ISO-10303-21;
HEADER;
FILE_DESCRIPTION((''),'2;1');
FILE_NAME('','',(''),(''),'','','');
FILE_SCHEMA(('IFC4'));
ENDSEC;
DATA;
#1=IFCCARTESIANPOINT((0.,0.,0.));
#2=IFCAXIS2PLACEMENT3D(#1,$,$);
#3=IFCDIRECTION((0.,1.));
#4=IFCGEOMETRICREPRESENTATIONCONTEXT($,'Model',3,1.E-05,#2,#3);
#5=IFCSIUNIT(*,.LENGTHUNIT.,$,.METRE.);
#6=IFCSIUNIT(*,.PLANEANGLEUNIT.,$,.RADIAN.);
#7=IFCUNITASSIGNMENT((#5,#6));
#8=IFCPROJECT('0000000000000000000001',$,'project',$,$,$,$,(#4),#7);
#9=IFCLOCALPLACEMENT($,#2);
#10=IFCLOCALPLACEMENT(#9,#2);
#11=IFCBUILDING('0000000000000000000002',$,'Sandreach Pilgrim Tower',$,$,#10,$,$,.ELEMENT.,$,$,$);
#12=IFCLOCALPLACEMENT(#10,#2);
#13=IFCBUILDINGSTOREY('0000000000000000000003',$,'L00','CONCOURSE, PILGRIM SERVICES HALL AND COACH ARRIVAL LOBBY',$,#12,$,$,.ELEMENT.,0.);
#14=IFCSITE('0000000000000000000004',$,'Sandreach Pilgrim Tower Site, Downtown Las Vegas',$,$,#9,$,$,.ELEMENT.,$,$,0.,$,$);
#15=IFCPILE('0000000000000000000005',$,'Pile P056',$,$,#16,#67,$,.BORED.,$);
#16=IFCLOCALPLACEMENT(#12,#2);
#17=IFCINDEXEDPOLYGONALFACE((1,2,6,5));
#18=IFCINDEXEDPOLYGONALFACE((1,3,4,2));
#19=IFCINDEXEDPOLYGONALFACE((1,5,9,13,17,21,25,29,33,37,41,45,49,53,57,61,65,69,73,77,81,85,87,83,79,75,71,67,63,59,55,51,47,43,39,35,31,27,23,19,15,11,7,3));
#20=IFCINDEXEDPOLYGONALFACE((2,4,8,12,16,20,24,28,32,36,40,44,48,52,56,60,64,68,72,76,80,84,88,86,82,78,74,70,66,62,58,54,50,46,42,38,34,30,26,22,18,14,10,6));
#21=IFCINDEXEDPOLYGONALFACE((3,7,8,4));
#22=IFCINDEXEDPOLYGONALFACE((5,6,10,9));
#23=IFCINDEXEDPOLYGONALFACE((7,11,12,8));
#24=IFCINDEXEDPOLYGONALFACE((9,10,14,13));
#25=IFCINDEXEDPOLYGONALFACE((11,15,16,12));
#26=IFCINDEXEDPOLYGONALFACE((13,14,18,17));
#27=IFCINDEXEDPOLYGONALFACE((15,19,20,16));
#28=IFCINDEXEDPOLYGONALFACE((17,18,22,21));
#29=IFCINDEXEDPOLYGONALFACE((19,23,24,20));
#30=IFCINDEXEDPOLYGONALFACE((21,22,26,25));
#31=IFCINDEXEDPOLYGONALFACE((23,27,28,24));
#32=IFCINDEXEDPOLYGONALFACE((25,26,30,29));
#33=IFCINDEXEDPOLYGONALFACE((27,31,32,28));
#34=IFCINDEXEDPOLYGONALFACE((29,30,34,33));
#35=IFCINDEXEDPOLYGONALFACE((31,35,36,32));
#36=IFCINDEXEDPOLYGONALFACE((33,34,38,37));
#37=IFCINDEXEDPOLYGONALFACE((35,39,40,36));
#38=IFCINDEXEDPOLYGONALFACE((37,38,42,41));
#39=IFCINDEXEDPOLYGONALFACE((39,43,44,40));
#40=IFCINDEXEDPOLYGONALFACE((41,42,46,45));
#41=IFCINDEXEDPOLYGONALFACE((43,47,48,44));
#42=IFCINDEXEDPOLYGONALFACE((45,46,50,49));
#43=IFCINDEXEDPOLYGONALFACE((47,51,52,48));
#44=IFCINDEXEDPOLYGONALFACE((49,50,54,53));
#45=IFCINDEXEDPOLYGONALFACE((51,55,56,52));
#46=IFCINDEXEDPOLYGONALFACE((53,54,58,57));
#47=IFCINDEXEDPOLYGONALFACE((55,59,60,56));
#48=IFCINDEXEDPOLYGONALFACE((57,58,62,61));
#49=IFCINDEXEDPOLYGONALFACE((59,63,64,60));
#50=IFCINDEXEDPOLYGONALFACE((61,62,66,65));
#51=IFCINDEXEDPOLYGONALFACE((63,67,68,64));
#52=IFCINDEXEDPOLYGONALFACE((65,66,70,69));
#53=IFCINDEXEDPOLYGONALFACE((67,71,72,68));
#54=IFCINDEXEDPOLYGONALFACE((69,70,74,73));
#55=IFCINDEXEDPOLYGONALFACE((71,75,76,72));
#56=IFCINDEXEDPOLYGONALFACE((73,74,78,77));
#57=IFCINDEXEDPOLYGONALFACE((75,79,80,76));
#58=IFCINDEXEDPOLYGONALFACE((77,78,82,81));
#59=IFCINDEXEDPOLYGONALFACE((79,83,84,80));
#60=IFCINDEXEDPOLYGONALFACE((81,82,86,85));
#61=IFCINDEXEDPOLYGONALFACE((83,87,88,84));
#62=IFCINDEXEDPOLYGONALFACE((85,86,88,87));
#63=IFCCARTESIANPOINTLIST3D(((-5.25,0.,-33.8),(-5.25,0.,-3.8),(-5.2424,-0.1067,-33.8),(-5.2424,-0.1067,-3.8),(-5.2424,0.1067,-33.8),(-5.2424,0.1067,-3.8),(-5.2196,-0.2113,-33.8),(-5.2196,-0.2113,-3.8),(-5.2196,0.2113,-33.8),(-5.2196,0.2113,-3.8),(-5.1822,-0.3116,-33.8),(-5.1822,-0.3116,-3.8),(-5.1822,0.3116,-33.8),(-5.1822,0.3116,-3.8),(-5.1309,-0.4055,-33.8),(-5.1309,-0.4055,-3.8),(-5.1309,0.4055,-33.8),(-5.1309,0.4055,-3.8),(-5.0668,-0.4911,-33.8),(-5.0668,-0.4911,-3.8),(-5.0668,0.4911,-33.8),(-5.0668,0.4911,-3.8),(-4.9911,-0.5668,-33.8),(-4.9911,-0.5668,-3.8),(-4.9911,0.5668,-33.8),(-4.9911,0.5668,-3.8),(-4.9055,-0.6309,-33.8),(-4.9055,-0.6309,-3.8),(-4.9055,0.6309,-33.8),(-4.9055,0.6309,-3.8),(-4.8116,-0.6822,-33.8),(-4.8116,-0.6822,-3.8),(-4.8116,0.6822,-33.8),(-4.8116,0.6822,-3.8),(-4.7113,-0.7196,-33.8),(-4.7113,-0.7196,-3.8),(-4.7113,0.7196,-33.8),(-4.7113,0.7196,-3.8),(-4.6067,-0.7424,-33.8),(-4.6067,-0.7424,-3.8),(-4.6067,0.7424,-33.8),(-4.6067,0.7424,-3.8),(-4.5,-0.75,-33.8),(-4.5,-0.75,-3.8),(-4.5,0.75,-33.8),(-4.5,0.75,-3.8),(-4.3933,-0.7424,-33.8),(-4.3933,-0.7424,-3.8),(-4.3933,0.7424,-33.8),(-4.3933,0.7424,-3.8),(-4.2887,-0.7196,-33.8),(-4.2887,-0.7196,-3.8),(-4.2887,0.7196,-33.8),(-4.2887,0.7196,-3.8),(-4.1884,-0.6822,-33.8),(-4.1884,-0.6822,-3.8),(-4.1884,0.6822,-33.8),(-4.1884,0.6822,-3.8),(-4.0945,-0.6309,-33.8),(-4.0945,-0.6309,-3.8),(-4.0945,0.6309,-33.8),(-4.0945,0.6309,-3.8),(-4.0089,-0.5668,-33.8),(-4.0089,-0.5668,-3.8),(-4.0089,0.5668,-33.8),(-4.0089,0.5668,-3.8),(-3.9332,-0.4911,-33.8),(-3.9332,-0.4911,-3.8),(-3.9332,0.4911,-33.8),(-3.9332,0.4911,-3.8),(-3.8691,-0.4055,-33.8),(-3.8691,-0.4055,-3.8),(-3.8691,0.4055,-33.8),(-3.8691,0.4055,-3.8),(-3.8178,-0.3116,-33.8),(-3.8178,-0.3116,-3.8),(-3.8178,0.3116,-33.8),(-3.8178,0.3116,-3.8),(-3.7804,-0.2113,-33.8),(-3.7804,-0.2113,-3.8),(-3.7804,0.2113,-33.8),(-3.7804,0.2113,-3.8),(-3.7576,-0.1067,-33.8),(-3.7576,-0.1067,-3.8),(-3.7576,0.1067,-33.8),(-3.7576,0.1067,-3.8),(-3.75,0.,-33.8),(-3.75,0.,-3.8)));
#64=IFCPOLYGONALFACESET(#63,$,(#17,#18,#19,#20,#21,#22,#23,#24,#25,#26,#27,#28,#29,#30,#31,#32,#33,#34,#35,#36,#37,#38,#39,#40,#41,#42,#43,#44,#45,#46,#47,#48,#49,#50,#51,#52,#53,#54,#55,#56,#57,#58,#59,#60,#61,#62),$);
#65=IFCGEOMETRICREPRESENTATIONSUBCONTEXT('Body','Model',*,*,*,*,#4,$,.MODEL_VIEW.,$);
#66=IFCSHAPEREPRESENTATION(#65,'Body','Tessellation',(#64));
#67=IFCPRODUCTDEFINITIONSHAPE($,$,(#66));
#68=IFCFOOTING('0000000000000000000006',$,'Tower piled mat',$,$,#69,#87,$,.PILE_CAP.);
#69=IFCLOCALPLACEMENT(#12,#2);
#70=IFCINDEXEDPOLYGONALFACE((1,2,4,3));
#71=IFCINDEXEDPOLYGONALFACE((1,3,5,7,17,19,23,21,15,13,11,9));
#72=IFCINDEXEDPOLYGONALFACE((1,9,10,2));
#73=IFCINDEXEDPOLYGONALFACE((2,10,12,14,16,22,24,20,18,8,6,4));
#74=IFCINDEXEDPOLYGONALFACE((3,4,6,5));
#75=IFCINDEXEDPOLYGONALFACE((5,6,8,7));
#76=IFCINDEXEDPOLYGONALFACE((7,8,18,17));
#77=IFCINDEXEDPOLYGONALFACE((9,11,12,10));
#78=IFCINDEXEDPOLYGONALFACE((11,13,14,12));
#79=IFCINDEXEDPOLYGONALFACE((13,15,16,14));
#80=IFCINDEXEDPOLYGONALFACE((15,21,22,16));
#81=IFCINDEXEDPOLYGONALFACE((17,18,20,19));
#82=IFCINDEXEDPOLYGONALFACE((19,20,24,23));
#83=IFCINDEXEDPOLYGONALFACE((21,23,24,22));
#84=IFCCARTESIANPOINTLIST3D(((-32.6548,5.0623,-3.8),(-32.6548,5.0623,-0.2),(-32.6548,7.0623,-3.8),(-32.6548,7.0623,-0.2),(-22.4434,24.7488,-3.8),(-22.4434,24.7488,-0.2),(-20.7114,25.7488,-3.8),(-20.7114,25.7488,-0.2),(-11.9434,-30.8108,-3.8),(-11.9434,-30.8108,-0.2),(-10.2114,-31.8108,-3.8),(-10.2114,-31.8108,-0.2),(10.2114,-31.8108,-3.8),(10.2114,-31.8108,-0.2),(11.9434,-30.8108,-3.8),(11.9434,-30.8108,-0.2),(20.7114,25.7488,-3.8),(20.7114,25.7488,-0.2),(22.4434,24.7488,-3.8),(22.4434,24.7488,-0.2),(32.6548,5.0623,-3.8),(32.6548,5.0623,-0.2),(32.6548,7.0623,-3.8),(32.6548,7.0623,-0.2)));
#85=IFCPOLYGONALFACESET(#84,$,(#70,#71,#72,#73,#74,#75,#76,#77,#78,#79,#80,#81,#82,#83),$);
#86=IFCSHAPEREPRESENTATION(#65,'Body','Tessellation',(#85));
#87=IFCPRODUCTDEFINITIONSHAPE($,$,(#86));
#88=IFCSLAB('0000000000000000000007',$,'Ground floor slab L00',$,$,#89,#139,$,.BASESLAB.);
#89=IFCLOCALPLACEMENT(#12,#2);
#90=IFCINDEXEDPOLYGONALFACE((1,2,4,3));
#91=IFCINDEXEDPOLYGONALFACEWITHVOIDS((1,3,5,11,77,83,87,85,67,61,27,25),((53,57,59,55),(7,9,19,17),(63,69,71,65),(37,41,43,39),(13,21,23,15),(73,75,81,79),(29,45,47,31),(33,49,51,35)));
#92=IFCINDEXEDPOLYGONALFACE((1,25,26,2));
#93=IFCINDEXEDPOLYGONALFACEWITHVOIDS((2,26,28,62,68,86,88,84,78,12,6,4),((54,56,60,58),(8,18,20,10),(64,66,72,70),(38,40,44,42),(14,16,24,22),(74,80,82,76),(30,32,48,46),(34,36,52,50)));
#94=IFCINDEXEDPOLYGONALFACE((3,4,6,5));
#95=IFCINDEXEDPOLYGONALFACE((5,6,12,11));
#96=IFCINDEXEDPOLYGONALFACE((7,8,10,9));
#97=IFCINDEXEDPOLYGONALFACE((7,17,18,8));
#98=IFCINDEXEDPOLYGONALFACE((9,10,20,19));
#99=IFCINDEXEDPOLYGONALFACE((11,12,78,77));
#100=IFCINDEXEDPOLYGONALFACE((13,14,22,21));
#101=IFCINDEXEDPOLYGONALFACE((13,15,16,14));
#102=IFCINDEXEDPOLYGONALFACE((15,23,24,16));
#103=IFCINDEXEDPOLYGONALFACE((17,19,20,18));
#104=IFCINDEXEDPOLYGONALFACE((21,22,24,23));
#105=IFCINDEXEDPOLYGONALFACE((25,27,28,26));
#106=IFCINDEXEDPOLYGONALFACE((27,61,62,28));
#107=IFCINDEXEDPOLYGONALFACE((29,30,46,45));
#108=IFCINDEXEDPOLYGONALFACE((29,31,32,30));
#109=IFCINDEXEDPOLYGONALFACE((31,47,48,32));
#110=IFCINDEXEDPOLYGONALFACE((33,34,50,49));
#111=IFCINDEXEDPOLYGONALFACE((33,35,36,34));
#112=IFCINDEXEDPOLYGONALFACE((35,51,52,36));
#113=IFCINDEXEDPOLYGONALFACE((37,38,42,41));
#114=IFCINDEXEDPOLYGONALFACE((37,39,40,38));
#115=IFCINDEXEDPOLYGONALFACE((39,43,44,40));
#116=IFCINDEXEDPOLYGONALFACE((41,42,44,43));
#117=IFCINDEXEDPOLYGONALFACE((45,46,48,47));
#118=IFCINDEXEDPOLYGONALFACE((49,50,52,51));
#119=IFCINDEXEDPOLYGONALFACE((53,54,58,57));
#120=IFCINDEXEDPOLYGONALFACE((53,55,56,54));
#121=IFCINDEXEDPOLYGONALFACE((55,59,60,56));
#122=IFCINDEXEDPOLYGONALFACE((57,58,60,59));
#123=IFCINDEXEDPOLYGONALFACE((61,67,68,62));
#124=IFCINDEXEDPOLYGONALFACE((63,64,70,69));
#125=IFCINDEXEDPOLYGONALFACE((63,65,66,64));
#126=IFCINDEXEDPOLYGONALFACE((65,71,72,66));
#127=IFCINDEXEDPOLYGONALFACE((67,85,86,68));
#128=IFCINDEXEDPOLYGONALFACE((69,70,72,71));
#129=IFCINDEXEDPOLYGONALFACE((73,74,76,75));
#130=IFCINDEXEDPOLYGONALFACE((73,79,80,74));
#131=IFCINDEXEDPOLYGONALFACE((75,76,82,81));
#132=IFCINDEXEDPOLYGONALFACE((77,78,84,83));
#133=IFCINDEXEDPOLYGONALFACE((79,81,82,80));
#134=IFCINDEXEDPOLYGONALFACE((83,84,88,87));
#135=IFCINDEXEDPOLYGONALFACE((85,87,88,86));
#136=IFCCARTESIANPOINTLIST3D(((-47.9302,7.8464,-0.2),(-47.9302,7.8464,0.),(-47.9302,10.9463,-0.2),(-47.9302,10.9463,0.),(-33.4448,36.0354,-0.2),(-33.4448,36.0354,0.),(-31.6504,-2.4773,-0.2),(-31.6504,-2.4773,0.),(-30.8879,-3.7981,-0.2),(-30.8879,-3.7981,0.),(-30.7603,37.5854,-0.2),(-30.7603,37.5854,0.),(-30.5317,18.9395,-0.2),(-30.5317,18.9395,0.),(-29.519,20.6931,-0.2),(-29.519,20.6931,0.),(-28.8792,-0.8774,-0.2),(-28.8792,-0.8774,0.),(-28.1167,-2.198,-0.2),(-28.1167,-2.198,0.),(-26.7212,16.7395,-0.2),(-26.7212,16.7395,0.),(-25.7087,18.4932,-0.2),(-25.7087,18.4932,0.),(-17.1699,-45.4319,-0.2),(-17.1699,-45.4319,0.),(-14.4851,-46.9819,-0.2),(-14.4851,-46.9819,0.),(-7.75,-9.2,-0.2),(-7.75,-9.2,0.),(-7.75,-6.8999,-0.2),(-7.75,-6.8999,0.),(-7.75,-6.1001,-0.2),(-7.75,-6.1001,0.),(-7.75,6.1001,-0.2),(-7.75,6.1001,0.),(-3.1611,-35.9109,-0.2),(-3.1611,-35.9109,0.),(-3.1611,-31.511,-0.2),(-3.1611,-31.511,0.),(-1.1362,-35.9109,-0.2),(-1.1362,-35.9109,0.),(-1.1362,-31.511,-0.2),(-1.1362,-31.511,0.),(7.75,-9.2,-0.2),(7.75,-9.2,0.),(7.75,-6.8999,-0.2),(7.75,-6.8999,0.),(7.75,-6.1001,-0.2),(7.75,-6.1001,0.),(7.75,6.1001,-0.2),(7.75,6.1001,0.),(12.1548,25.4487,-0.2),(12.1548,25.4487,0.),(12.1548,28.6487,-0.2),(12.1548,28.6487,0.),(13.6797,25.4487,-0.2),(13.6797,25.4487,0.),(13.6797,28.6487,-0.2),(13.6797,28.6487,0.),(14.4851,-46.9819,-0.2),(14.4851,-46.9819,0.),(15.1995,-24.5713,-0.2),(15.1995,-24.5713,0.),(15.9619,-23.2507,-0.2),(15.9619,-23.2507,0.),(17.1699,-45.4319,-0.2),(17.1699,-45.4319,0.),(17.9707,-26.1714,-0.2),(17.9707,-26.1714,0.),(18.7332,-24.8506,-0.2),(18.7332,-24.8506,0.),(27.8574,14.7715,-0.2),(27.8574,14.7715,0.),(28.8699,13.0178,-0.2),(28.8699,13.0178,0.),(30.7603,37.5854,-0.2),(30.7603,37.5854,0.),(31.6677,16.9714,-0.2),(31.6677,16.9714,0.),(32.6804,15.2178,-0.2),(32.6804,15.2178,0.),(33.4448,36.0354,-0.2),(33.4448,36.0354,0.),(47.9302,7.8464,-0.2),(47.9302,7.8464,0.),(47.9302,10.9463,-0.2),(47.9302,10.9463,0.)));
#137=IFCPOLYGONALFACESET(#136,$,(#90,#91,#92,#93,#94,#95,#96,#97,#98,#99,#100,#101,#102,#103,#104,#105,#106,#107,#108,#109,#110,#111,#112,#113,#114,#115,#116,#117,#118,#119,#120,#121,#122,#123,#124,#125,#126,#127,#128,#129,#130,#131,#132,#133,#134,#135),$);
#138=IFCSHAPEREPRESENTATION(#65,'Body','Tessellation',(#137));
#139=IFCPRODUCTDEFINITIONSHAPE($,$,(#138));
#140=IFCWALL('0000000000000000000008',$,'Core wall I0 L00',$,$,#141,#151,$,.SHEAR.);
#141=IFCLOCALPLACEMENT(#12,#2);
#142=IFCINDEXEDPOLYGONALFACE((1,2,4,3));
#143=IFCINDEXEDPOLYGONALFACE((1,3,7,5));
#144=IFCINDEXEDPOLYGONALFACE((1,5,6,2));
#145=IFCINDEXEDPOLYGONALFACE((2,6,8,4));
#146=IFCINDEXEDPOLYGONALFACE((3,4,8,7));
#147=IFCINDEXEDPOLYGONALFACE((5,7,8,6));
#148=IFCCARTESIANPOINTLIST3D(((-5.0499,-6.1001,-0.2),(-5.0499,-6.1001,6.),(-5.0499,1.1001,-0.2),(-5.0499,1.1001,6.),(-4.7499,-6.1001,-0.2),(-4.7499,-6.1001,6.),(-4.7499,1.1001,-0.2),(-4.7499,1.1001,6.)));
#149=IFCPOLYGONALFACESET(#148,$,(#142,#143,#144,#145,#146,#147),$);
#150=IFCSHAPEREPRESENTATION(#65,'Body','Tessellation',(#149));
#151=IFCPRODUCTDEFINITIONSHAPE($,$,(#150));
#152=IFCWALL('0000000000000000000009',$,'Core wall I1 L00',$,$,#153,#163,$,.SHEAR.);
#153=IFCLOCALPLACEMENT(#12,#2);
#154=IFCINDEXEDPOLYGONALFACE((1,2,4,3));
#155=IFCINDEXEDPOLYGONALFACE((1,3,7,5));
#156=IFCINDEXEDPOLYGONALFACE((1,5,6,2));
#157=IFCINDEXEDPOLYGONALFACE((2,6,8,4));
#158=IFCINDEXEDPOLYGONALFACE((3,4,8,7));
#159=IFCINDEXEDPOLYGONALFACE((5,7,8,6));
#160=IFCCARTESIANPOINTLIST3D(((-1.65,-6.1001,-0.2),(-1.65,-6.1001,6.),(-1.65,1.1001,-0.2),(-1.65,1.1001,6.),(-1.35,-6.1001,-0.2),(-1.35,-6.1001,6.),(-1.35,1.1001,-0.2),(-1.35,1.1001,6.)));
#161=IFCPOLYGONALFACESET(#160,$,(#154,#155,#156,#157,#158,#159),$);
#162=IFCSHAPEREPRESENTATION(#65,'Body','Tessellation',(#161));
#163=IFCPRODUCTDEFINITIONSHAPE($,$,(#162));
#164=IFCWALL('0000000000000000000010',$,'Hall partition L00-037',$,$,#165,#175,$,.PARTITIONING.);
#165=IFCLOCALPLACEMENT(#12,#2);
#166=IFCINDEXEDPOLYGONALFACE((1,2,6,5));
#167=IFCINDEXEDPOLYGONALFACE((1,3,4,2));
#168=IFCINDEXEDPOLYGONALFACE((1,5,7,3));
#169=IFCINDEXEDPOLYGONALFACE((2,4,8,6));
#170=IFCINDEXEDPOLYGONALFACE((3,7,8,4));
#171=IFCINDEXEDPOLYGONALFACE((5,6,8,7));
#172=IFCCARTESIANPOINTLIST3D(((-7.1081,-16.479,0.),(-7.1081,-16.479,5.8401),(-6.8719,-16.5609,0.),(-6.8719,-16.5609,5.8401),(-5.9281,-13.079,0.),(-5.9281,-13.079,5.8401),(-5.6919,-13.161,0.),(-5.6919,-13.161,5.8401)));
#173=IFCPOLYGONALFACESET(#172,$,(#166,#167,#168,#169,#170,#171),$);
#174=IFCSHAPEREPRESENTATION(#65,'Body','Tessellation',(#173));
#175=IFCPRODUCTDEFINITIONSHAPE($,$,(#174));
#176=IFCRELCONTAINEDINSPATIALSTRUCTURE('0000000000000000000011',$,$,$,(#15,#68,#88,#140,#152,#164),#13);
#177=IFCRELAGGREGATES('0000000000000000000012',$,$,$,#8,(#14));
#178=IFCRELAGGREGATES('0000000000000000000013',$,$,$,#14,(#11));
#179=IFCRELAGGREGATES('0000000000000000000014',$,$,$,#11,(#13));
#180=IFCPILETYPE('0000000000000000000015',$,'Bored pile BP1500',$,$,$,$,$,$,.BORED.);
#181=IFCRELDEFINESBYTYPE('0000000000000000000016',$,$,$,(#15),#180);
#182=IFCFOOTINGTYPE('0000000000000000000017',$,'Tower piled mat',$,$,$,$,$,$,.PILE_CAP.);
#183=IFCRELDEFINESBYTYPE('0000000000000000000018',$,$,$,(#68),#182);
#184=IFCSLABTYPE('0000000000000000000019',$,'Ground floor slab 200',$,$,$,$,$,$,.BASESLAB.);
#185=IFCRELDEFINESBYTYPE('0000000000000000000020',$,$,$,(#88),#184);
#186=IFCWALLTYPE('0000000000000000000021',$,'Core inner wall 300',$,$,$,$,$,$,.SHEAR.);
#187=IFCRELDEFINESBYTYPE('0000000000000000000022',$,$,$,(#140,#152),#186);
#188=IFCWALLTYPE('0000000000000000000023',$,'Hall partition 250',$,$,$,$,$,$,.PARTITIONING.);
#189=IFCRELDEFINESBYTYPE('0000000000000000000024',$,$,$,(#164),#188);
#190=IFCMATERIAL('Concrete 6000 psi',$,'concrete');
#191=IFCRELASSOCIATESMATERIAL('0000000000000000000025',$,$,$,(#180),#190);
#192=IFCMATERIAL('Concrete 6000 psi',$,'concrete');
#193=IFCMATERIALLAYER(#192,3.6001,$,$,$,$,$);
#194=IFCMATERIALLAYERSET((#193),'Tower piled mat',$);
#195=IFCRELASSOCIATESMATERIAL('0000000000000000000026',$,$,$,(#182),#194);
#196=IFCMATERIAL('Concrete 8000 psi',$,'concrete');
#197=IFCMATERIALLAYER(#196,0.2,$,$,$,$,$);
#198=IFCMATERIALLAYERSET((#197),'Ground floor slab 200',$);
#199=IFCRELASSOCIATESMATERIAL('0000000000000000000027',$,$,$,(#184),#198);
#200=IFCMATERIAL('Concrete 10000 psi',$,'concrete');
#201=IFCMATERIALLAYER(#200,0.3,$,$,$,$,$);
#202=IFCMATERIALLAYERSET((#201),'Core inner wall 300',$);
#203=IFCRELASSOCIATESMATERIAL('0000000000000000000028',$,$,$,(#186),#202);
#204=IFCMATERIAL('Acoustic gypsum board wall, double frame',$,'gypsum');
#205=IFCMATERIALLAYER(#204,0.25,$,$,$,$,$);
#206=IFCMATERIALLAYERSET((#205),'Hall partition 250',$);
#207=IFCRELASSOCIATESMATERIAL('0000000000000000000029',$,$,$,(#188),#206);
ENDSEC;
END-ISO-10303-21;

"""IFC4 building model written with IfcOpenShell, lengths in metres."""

from ifc_helpers import new_model, si_unit, direction, frame, frame_2d, origin, origin_2d, place, context, subcontext, project, spatial, polyline, rectangle, circle, outline, extrude, material, layer, layer_set, material_profile, profile_set, type_object, element, save


model = new_model("IFC4")

# Units and contexts
model_context = context("Model", 3, precision=1e-05, world=origin(), true_north=direction((0.0, 1.0)))
body_context = subcontext(model_context, "Body", "Model", "MODEL_VIEW")
ifc_project = project(units=[si_unit("LENGTHUNIT", "METRE"), si_unit("PLANEANGLEUNIT", "RADIAN")], contexts=[model_context])

# Site, building, storey
site_placement = place(None, origin())
site = spatial("IfcSite", under=ifc_project, at=site_placement, Name="Sandreach Pilgrim Tower Site, Downtown Las Vegas", CompositionType="ELEMENT", RefElevation=0.0)
building_placement = place(site_placement, origin())
building = spatial("IfcBuilding", under=site, at=building_placement, Name="Sandreach Pilgrim Tower", CompositionType="ELEMENT")
storey_placement = place(building_placement, origin())
storey = spatial("IfcBuildingStorey", under=building, at=storey_placement, Name="L00", Description="CONCOURSE, PILGRIM SERVICES HALL AND COACH ARRIVAL LOBBY", CompositionType="ELEMENT", Elevation=0.0)

# Pile
ifc_material_1 = material(Name="Concrete 6000 psi", Category="concrete")
ifc_material_profile = material_profile(ifc_material_1, circle(Radius=0.75, at=origin_2d()), Name="BP1500")
ifc_profile_set = profile_set([ifc_material_profile], Name="Concrete 6000 psi")
pile_type = type_object("IfcPileType", Name="Bored pile BP1500", PredefinedType="BORED", material=ifc_profile_set)
for number, where, z_axis, x_axis, name in (
    (1, (-4.5, 0.0, -3.8), (0.0, 0.0, -1.0), (1.0, 0.0, 0.0), "Pile P056"),
):
    element("IfcPile", number, at=place(storey_placement, frame(where, z_axis=z_axis, x_axis=x_axis)), inside=storey, type_object=pile_type, Name=name, PredefinedType="BORED", context=body_context, shape_type="SweptSolid", body=[
        extrude(circle(Radius=0.75, at=origin_2d()), origin(), (0.0, 0.0, 1.0), 30.0),
    ])

# Footing
ifc_material_2 = material(Name="Concrete 6000 psi", Category="concrete")
ifc_layer_1 = layer(ifc_material_2, 3.6001)
ifc_layer_set_1 = layer_set([ifc_layer_1], Name="Tower piled mat")
footing_type = type_object("IfcFootingType", Name="Tower piled mat", PredefinedType="PILE_CAP", material=ifc_layer_set_1)
footing_placement = place(storey_placement, frame((0.0, 0.0, -3.8)))
element("IfcFooting", 2, at=footing_placement, inside=storey, type_object=footing_type, Name="Tower piled mat", PredefinedType="PILE_CAP", context=body_context, shape_type="SweptSolid", body=[
    extrude(outline(polyline([(-20.7114, 25.7488), (-22.4434, 24.7488), (-32.6548, 7.0623), (-32.6548, 5.0623), (-11.9434, -30.8108), (-10.2114, -31.8108), (10.2114, -31.8108), (11.9434, -30.8108), (32.6548, 5.0623), (32.6548, 7.0623), (22.4434, 24.7488), (20.7114, 25.7488), (-20.7114, 25.7488)])), origin(), (0.0, 0.0, 1.0), 3.6001),
])

# Slab
ifc_material_3 = material(Name="Concrete 8000 psi", Category="concrete")
ifc_layer_2 = layer(ifc_material_3, 0.2)
ifc_layer_set_2 = layer_set([ifc_layer_2], Name="Ground floor slab 200")
slab_type = type_object("IfcSlabType", Name="Ground floor slab 200", PredefinedType="BASESLAB", material=ifc_layer_set_2)
slab_placement = place(storey_placement, frame((0.0, 0.0, -0.2)))
element("IfcSlab", 3, at=slab_placement, inside=storey, type_object=slab_type, Name="Ground floor slab L00", PredefinedType="BASESLAB", context=body_context, shape_type="SweptSolid", body=[
    extrude(outline(polyline([(-30.7603, 37.5854), (-33.4448, 36.0354), (-47.9302, 10.9463), (-47.9302, 7.8464), (-17.1699, -45.4319), (-14.4851, -46.9819), (14.4851, -46.9819), (17.1699, -45.4319), (47.9302, 7.8464), (47.9302, 10.9463), (33.4448, 36.0354), (30.7603, 37.5854), (-30.7603, 37.5854)]), holes=[polyline([(-7.75, -6.1001), (7.75, -6.1001), (7.75, 6.1001), (-7.75, 6.1001), (-7.75, -6.1001)]), polyline([(-7.75, -9.2), (7.75, -9.2), (7.75, -6.8999), (-7.75, -6.8999), (-7.75, -9.2)]), polyline([(28.8699, 13.0178), (27.8574, 14.7715), (31.6677, 16.9714), (32.6804, 15.2178), (28.8699, 13.0178)]), polyline([(-3.1611, -31.511), (-1.1362, -31.511), (-1.1362, -35.9109), (-3.1611, -35.9109), (-3.1611, -31.511)]), polyline([(-25.7087, 18.4932), (-26.7212, 16.7395), (-30.5317, 18.9395), (-29.519, 20.6931), (-25.7087, 18.4932)]), polyline([(13.6797, 25.4487), (12.1548, 25.4487), (12.1548, 28.6487), (13.6797, 28.6487), (13.6797, 25.4487)]), polyline([(15.1995, -24.5713), (15.9619, -23.2507), (18.7332, -24.8506), (17.9707, -26.1714), (15.1995, -24.5713)]), polyline([(-28.8792, -0.8774), (-28.1167, -2.198), (-30.8879, -3.7981), (-31.6504, -2.4773), (-28.8792, -0.8774)])]), origin(), (0.0, 0.0, 1.0), 0.2),
])

# Walls
ifc_material_4 = material(Name="Concrete 10000 psi", Category="concrete")
ifc_layer_3 = layer(ifc_material_4, 0.3)
ifc_layer_set_3 = layer_set([ifc_layer_3], Name="Core inner wall 300")
wall_type_1 = type_object("IfcWallType", Name="Core inner wall 300", PredefinedType="SHEAR", material=ifc_layer_set_3)
for number, where, z_axis, x_axis, name in (
    (4, (-4.8999, -6.1001, -0.2), (0.0, 0.0, 1.0), (0.0, 1.0, 0.0), "Core wall I0 L00"),
    (5, (-1.5, -6.1001, -0.2), (0.0, 0.0, 1.0), (0.0, 1.0, 0.0), "Core wall I1 L00"),
):
    element("IfcWall", number, at=place(storey_placement, frame(where, z_axis=z_axis, x_axis=x_axis)), inside=storey, type_object=wall_type_1, Name=name, PredefinedType="SHEAR", context=body_context, shape_type="SweptSolid", body=[
        extrude(rectangle(XDim=7.2002, YDim=0.3, at=frame_2d((3.6001, 0.0))), origin(), (0.0, 0.0, 1.0), 6.2),
    ])

# Wall
ifc_material_5 = material(Name="Acoustic gypsum board wall, double frame", Category="gypsum")
ifc_layer_4 = layer(ifc_material_5, 0.25)
ifc_layer_set_4 = layer_set([ifc_layer_4], Name="Hall partition 250")
wall_type_2 = type_object("IfcWallType", Name="Hall partition 250", PredefinedType="PARTITIONING", material=ifc_layer_set_4)
wall_1_placement = place(storey_placement, frame((-5.8101, -13.1201, 0.0), z_axis=(0.0, 0.0, 1.0), x_axis=(-0.327865, -0.944724, 0.0)))
element("IfcWall", 6, at=wall_1_placement, inside=storey, type_object=wall_type_2, Name="Hall partition L00-037", PredefinedType="PARTITIONING", context=body_context, shape_type="SweptSolid", body=[
    extrude(rectangle(XDim=3.5989, YDim=0.25, at=frame_2d((1.7993, 0.0))), origin(), (0.0, 0.0, 1.0), 5.8401),
])

save(model, "model.ifc")
